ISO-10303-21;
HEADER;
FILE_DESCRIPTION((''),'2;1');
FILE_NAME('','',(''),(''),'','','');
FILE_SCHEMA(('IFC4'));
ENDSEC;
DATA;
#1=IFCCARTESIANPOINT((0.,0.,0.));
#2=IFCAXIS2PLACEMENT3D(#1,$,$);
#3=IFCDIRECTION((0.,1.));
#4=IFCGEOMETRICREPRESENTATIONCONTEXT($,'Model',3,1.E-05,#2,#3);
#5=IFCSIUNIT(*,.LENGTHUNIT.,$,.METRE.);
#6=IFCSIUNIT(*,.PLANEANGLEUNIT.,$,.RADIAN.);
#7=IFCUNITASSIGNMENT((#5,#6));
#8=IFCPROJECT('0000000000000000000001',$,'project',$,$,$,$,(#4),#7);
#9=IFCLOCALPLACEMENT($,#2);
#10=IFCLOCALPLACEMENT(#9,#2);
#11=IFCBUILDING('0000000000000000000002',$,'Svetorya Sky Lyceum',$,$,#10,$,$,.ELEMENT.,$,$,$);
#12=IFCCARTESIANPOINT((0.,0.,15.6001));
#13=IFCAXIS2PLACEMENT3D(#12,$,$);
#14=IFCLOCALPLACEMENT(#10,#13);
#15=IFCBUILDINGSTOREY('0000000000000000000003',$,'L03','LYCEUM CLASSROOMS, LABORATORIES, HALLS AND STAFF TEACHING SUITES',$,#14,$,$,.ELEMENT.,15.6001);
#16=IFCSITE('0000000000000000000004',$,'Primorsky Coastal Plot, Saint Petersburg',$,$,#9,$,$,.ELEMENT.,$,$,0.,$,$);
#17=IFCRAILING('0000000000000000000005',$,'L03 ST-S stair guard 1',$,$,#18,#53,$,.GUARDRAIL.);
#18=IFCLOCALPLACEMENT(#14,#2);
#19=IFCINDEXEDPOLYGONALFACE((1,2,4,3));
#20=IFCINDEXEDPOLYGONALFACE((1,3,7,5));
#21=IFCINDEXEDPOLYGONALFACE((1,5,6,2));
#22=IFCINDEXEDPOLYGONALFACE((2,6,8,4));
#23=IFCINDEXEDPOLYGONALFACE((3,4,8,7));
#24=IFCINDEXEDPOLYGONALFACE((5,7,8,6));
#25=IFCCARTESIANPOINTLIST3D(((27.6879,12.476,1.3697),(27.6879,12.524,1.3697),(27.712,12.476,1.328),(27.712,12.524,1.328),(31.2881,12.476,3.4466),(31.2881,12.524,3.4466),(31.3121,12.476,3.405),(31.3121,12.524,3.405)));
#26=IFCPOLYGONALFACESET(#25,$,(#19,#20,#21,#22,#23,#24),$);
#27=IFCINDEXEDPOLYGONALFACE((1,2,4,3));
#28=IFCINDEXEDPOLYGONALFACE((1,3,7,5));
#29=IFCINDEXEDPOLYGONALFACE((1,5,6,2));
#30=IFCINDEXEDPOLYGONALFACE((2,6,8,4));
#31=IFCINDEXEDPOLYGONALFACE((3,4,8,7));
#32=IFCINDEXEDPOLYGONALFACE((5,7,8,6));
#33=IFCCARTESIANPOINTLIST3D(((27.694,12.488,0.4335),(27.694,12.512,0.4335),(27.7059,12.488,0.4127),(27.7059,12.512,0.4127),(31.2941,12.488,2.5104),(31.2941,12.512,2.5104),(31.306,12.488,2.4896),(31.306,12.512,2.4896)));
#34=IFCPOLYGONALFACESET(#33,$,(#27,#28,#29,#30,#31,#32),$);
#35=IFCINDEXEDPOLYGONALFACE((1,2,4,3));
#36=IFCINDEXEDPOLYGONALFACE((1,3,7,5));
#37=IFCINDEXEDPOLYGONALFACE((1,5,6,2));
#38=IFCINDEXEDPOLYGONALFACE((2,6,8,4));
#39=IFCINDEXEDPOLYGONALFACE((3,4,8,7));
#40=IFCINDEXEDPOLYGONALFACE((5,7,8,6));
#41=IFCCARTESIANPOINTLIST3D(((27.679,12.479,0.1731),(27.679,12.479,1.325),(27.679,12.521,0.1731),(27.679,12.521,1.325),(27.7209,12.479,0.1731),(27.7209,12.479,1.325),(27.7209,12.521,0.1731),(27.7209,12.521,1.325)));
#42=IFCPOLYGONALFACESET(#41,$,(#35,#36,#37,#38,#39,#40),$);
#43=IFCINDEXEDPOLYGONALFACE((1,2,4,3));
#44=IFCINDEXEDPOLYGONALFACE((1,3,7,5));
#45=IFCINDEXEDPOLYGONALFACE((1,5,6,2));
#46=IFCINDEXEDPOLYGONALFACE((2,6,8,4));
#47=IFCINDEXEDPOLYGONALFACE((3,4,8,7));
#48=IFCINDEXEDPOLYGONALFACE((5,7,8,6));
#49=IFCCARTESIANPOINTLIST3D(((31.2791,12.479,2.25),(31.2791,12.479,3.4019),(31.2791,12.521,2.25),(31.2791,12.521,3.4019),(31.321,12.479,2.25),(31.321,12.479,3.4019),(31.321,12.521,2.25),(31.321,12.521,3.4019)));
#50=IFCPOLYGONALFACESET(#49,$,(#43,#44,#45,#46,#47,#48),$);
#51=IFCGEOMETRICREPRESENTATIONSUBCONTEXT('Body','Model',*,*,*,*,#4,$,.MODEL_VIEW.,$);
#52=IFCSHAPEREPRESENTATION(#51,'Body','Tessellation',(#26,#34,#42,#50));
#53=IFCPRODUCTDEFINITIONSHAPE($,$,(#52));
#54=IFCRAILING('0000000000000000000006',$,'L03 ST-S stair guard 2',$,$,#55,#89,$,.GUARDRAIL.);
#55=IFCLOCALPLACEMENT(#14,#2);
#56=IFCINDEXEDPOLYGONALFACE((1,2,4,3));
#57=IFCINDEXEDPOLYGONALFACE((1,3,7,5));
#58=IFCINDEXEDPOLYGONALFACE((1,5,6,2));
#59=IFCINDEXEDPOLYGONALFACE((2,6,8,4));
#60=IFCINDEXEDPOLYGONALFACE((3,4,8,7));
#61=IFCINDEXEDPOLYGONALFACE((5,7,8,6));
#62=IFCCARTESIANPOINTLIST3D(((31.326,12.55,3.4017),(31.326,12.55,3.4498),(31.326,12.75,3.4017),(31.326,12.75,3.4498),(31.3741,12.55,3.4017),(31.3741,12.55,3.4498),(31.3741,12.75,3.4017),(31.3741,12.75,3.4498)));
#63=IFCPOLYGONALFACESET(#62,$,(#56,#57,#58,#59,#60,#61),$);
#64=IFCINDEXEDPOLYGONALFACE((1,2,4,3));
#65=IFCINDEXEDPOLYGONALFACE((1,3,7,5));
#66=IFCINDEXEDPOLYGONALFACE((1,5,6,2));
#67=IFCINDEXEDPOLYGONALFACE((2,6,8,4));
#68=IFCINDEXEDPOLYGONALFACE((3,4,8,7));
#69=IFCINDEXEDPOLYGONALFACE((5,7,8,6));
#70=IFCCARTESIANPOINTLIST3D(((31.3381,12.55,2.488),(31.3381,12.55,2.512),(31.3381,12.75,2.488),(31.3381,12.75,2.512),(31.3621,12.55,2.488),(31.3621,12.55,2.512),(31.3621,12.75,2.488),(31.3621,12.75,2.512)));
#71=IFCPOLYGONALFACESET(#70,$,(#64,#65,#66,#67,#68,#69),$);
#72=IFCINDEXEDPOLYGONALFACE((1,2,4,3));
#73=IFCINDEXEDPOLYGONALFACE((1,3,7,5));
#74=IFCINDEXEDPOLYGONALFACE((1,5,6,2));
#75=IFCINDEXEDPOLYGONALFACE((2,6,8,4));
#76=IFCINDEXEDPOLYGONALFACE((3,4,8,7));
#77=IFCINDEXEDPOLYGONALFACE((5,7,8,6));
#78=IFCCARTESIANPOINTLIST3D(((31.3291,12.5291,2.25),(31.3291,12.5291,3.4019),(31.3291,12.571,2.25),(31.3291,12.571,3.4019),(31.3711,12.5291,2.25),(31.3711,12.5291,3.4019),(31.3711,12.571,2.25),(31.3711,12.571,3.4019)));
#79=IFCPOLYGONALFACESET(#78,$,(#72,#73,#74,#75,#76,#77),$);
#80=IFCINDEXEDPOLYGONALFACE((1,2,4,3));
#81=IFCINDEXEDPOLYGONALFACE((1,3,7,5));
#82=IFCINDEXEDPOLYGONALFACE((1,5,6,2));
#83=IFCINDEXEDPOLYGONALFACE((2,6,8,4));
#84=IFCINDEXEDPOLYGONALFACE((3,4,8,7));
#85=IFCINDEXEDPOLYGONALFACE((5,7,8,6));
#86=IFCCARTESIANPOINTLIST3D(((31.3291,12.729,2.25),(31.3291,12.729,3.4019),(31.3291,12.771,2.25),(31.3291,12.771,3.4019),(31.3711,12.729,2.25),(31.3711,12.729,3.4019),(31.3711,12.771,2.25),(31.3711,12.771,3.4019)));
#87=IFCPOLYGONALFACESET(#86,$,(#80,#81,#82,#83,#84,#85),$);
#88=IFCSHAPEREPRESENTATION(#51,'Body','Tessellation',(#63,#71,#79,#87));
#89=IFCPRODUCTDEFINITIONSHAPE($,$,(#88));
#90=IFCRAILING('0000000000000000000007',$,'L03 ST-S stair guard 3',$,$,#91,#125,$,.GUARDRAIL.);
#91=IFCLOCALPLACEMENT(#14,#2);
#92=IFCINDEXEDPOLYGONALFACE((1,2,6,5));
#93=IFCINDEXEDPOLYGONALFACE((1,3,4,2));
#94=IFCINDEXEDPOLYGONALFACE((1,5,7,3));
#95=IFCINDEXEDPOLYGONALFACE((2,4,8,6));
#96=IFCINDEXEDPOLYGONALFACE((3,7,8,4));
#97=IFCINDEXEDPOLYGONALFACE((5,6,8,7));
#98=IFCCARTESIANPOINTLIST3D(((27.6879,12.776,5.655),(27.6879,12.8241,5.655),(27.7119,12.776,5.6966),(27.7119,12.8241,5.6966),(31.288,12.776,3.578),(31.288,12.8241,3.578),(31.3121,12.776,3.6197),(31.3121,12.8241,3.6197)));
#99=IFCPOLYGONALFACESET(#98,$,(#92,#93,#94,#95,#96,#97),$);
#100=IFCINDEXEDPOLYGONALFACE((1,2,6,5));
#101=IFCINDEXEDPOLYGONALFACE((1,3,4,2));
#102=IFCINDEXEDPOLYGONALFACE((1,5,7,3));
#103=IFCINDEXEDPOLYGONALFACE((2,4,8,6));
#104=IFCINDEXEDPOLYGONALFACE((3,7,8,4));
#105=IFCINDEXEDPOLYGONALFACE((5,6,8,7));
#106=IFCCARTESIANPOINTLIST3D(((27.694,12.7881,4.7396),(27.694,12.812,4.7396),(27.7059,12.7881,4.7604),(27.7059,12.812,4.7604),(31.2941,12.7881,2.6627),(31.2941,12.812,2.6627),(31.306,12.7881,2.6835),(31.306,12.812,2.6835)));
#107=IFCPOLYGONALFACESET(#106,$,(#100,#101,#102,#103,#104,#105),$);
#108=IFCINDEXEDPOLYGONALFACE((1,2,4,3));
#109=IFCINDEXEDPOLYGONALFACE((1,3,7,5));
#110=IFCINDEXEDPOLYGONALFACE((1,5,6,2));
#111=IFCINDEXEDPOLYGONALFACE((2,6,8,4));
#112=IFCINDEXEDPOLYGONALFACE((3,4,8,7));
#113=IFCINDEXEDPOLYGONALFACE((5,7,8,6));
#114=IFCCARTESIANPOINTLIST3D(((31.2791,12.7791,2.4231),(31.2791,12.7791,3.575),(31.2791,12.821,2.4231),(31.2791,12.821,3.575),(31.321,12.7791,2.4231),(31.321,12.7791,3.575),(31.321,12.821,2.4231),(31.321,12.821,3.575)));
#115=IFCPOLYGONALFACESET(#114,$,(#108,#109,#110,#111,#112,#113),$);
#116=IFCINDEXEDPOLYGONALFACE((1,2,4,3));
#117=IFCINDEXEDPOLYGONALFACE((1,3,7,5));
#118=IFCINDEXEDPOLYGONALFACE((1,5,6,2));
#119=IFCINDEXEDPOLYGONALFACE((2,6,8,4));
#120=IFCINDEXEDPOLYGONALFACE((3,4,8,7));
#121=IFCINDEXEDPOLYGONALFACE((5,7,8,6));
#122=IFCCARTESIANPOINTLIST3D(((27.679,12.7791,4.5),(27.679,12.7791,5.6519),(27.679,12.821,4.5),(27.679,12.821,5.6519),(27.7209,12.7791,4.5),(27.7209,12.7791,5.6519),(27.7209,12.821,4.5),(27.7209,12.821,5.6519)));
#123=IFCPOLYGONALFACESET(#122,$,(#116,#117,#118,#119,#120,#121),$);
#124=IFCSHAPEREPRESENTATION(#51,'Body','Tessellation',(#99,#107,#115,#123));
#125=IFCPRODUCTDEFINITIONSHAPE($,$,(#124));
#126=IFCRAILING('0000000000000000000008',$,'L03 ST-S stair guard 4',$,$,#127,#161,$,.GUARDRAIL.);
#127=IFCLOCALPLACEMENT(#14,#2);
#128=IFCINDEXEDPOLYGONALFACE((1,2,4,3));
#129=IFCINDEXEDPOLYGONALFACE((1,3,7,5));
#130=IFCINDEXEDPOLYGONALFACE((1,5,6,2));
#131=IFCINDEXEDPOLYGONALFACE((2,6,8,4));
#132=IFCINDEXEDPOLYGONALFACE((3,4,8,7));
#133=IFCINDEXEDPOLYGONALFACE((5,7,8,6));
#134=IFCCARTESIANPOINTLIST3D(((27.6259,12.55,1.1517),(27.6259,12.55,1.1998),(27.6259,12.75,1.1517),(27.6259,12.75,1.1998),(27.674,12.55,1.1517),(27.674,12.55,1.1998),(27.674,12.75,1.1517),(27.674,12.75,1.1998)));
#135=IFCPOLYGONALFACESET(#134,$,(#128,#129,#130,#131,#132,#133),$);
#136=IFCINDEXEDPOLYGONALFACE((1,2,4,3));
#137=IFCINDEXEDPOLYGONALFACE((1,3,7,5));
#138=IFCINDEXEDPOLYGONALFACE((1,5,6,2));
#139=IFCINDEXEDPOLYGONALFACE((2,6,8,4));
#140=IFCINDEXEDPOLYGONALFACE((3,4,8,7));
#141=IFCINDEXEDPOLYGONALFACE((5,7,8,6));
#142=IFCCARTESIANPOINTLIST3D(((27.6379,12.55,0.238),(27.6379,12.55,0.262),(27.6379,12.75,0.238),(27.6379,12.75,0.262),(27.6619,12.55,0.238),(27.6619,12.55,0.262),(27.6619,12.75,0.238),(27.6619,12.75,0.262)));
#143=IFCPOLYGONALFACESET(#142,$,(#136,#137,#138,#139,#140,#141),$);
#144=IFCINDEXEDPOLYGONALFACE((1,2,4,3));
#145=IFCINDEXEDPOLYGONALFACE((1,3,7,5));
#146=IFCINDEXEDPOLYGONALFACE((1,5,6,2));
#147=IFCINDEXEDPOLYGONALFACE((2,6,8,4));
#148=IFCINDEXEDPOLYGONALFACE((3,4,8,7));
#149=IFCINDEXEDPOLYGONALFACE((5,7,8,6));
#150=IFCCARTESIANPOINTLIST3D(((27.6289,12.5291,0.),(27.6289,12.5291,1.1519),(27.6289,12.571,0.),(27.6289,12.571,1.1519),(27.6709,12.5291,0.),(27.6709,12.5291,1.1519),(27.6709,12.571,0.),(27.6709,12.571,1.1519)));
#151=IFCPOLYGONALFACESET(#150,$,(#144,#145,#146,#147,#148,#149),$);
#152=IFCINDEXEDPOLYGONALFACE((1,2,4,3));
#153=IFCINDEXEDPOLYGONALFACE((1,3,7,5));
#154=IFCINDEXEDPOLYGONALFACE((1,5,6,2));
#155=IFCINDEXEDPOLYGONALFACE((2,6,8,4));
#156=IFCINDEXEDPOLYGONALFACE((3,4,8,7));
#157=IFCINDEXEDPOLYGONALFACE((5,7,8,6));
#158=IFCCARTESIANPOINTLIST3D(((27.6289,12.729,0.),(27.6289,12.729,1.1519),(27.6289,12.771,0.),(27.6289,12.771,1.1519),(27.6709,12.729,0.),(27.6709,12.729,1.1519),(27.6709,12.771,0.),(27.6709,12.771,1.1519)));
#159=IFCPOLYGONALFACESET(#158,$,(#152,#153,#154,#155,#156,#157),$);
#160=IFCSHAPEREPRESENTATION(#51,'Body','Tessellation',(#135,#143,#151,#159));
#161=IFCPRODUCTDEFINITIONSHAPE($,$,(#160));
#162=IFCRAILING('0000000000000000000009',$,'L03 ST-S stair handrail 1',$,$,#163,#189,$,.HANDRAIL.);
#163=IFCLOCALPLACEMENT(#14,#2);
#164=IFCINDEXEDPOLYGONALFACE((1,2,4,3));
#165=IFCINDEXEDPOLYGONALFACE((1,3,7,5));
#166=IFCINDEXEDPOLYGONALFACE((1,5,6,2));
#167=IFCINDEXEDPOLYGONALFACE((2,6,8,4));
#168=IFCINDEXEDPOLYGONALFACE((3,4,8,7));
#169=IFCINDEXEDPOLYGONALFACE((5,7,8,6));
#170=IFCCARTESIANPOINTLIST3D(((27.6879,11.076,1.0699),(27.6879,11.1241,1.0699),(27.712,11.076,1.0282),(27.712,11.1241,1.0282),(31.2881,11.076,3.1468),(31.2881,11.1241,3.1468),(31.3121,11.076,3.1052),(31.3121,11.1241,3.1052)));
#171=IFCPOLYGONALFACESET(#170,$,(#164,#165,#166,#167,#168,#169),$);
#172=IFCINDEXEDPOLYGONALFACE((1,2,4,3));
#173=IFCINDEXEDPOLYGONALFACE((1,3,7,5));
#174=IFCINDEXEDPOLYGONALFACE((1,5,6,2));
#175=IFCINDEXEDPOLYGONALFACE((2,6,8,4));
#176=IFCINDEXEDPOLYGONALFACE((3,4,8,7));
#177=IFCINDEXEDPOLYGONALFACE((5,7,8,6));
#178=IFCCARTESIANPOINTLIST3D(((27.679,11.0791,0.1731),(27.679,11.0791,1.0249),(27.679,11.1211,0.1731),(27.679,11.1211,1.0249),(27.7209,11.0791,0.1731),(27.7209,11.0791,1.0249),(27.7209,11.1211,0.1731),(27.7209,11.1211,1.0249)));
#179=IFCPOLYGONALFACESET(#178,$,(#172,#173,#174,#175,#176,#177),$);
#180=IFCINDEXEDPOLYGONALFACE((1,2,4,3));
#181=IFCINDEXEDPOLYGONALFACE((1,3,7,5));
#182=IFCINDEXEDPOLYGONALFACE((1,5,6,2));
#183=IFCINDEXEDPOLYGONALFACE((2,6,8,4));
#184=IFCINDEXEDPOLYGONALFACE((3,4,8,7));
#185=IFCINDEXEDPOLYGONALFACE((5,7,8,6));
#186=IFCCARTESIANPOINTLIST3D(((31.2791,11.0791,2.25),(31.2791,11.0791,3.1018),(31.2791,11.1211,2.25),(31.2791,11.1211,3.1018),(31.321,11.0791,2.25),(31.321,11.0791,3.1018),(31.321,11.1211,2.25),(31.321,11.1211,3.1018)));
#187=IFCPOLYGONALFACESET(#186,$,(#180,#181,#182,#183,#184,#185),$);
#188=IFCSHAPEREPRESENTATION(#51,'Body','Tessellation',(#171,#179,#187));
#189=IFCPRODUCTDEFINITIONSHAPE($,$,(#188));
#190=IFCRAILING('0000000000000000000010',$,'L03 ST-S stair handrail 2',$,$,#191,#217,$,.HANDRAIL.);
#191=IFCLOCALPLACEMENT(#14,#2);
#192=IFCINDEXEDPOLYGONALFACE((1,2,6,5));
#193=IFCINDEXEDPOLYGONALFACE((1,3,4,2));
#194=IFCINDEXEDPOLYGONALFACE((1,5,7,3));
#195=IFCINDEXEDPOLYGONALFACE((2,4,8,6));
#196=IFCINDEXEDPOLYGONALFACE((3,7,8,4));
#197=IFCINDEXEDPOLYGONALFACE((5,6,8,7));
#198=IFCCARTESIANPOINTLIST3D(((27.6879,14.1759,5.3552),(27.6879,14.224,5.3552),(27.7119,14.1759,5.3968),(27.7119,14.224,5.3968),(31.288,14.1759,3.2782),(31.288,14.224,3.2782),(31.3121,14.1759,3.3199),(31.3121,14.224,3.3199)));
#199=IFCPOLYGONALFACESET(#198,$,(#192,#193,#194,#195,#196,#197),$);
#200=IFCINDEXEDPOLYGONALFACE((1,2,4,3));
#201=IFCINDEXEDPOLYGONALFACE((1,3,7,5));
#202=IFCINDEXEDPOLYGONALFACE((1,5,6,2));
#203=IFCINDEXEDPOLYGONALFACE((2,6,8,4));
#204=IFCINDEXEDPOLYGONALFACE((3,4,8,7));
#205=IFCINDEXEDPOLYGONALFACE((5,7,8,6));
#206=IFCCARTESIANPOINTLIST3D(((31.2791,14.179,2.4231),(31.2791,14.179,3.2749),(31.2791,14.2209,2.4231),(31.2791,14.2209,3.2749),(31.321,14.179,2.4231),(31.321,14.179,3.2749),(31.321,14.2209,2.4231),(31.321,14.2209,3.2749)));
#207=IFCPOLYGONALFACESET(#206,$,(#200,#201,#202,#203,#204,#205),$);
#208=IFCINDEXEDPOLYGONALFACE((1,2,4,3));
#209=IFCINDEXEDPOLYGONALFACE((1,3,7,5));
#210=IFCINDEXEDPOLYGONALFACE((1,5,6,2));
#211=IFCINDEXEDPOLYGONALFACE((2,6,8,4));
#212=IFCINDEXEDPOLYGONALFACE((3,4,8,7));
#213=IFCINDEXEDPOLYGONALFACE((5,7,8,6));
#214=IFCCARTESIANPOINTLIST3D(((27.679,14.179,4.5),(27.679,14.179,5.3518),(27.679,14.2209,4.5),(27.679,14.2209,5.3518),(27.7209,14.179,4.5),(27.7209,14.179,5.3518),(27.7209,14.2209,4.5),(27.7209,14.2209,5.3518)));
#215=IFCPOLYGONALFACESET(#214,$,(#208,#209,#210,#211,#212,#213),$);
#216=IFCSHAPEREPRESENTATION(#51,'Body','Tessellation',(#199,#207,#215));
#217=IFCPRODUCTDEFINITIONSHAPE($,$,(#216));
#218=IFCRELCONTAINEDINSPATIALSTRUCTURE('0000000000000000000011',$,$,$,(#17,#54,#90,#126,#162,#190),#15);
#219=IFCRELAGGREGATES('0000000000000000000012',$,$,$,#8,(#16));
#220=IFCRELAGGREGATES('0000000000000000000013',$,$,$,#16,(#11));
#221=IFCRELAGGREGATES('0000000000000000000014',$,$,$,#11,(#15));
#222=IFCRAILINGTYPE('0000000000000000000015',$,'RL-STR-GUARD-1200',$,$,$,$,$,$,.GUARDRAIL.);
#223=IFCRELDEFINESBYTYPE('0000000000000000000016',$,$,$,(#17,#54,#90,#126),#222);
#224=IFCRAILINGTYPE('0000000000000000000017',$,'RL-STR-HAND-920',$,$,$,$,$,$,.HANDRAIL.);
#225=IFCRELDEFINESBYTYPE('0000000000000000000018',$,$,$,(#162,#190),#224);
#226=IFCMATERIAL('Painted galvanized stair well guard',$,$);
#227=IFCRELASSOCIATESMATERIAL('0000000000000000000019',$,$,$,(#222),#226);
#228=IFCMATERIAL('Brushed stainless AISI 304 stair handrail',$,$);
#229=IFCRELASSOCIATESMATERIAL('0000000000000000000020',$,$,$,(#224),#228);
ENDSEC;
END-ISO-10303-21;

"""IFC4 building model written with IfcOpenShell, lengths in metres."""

from ifc_helpers import new_model, si_unit, direction, frame, origin, origin_2d, place, context, subcontext, project, spatial, rectangle, extrude, material, type_object, element, save


model = new_model("IFC4")

# Units and contexts
model_context = context("Model", 3, precision=1e-05, world=origin(), true_north=direction((0.0, 1.0)))
body_context = subcontext(model_context, "Body", "Model", "MODEL_VIEW")
ifc_project = project(units=[si_unit("LENGTHUNIT", "METRE"), si_unit("PLANEANGLEUNIT", "RADIAN")], contexts=[model_context])

# Site, building, storey
site_placement = place(None, origin())
site = spatial("IfcSite", under=ifc_project, at=site_placement, Name="Primorsky Coastal Plot, Saint Petersburg", CompositionType="ELEMENT", RefElevation=0.0)
building_placement = place(site_placement, origin())
building = spatial("IfcBuilding", under=site, at=building_placement, Name="Svetorya Sky Lyceum", CompositionType="ELEMENT")
storey_placement = place(building_placement, frame((0.0, 0.0, 15.6001)))
storey = spatial("IfcBuildingStorey", under=building, at=storey_placement, Name="L03", Description="LYCEUM CLASSROOMS, LABORATORIES, HALLS AND STAFF TEACHING SUITES", CompositionType="ELEMENT", Elevation=15.6001)

# Railings
ifc_material_1 = material(Name="Painted galvanized stair well guard")
railing_type_1 = type_object("IfcRailingType", Name="RL-STR-GUARD-1200", PredefinedType="GUARDRAIL", material=ifc_material_1)
railing_1_placement = place(storey_placement, frame((27.7, 12.5, 0.1731)))
element("IfcRailing", 1, at=railing_1_placement, inside=storey, type_object=railing_type_1, Name="L03 ST-S stair guard 1", PredefinedType="GUARDRAIL", context=body_context, shape_type="SweptSolid", body=[
    extrude(rectangle(XDim=0.0481, YDim=0.0481, at=origin_2d()), frame((0.0, 0.0, 1.1758), z_axis=(0.866193, 0.0, 0.499709), x_axis=(0.0, 1.0, 0.0)), (0.0, 0.0, 1.0), 4.1562),
    extrude(rectangle(XDim=0.0239, YDim=0.0239, at=origin_2d()), frame((0.0, 0.0, 0.25), z_axis=(0.866193, 0.0, 0.499709), x_axis=(0.0, 1.0, 0.0)), (0.0, 0.0, 1.0), 4.1562),
    extrude(rectangle(XDim=0.042, YDim=0.042, at=origin_2d()), origin(), (0.0, 0.0, 1.0), 1.1519),
    extrude(rectangle(XDim=0.042, YDim=0.042, at=origin_2d()), frame((3.6001, 0.0, 2.0769)), (0.0, 0.0, 1.0), 1.1519),
])
railing_2_placement = place(storey_placement, frame((31.3501, 12.55, 2.25)))
element("IfcRailing", 2, at=railing_2_placement, inside=storey, type_object=railing_type_1, Name="L03 ST-S stair guard 2", PredefinedType="GUARDRAIL", context=body_context, shape_type="SweptSolid", body=[
    extrude(rectangle(XDim=0.0481, YDim=0.0481, at=origin_2d()), frame((0.0, 0.0, 1.1758), z_axis=(0.0, 1.0, 0.0), x_axis=(-1.0, 0.0, 0.0)), (0.0, 0.0, 1.0), 0.2),
    extrude(rectangle(XDim=0.0239, YDim=0.0239, at=origin_2d()), frame((0.0, 0.0, 0.25), z_axis=(0.0, 1.0, 0.0), x_axis=(-1.0, 0.0, 0.0)), (0.0, 0.0, 1.0), 0.2),
    extrude(rectangle(XDim=0.042, YDim=0.042, at=origin_2d()), origin(), (0.0, 0.0, 1.0), 1.1519),
    extrude(rectangle(XDim=0.042, YDim=0.042, at=origin_2d()), frame((0.0, 0.2, 0.0)), (0.0, 0.0, 1.0), 1.1519),
])
railing_3_placement = place(storey_placement, frame((31.3, 12.8, 2.4231)))
element("IfcRailing", 3, at=railing_3_placement, inside=storey, type_object=railing_type_1, Name="L03 ST-S stair guard 3", PredefinedType="GUARDRAIL", context=body_context, shape_type="SweptSolid", body=[
    extrude(rectangle(XDim=0.0481, YDim=0.0481, at=origin_2d()), frame((0.0, 0.0, 1.1758), z_axis=(-0.866193, 0.0, 0.499709), x_axis=(0.0, -1.0, 0.0)), (0.0, 0.0, 1.0), 4.1562),
    extrude(rectangle(XDim=0.0239, YDim=0.0239, at=origin_2d()), frame((0.0, 0.0, 0.25), z_axis=(-0.866193, 0.0, 0.499709), x_axis=(0.0, -1.0, 0.0)), (0.0, 0.0, 1.0), 4.1562),
    extrude(rectangle(XDim=0.042, YDim=0.042, at=origin_2d()), origin(), (0.0, 0.0, 1.0), 1.1519),
    extrude(rectangle(XDim=0.042, YDim=0.042, at=origin_2d()), frame((-3.6001, 0.0, 2.0769)), (0.0, 0.0, 1.0), 1.1519),
])
railing_4_placement = place(storey_placement, frame((27.6499, 12.55, 0.0)))
element("IfcRailing", 4, at=railing_4_placement, inside=storey, type_object=railing_type_1, Name="L03 ST-S stair guard 4", PredefinedType="GUARDRAIL", context=body_context, shape_type="SweptSolid", body=[
    extrude(rectangle(XDim=0.0481, YDim=0.0481, at=origin_2d()), frame((0.0, 0.0, 1.1758), z_axis=(0.0, 1.0, 0.0), x_axis=(-1.0, 0.0, 0.0)), (0.0, 0.0, 1.0), 0.2),
    extrude(rectangle(XDim=0.0239, YDim=0.0239, at=origin_2d()), frame((0.0, 0.0, 0.25), z_axis=(0.0, 1.0, 0.0), x_axis=(-1.0, 0.0, 0.0)), (0.0, 0.0, 1.0), 0.2),
    extrude(rectangle(XDim=0.042, YDim=0.042, at=origin_2d()), origin(), (0.0, 0.0, 1.0), 1.1519),
    extrude(rectangle(XDim=0.042, YDim=0.042, at=origin_2d()), frame((0.0, 0.2, 0.0)), (0.0, 0.0, 1.0), 1.1519),
])
ifc_material_2 = material(Name="Brushed stainless AISI 304 stair handrail")
railing_type_2 = type_object("IfcRailingType", Name="RL-STR-HAND-920", PredefinedType="HANDRAIL", material=ifc_material_2)
railing_5_placement = place(storey_placement, frame((27.7, 11.1001, 0.1731)))
element("IfcRailing", 5, at=railing_5_placement, inside=storey, type_object=railing_type_2, Name="L03 ST-S stair handrail 1", PredefinedType="HANDRAIL", context=body_context, shape_type="SweptSolid", body=[
    extrude(rectangle(XDim=0.0481, YDim=0.0481, at=origin_2d()), frame((0.0, 0.0, 0.876), z_axis=(0.866193, 0.0, 0.499709), x_axis=(0.0, 1.0, 0.0)), (0.0, 0.0, 1.0), 4.1562),
    extrude(rectangle(XDim=0.042, YDim=0.042, at=origin_2d()), origin(), (0.0, 0.0, 1.0), 0.8518),
    extrude(rectangle(XDim=0.042, YDim=0.042, at=origin_2d()), frame((3.6001, 0.0, 2.0769)), (0.0, 0.0, 1.0), 0.8518),
])
railing_6_placement = place(storey_placement, frame((31.3, 14.2, 2.4231)))
element("IfcRailing", 6, at=railing_6_placement, inside=storey, type_object=railing_type_2, Name="L03 ST-S stair handrail 2", PredefinedType="HANDRAIL", context=body_context, shape_type="SweptSolid", body=[
    extrude(rectangle(XDim=0.0481, YDim=0.0481, at=origin_2d()), frame((0.0, 0.0, 0.876), z_axis=(-0.866193, 0.0, 0.499709), x_axis=(0.0, -1.0, 0.0)), (0.0, 0.0, 1.0), 4.1562),
    extrude(rectangle(XDim=0.042, YDim=0.042, at=origin_2d()), origin(), (0.0, 0.0, 1.0), 0.8518),
    extrude(rectangle(XDim=0.042, YDim=0.042, at=origin_2d()), frame((-3.6001, 0.0, 2.0769)), (0.0, 0.0, 1.0), 0.8518),
])

save(model, "model.ifc")
